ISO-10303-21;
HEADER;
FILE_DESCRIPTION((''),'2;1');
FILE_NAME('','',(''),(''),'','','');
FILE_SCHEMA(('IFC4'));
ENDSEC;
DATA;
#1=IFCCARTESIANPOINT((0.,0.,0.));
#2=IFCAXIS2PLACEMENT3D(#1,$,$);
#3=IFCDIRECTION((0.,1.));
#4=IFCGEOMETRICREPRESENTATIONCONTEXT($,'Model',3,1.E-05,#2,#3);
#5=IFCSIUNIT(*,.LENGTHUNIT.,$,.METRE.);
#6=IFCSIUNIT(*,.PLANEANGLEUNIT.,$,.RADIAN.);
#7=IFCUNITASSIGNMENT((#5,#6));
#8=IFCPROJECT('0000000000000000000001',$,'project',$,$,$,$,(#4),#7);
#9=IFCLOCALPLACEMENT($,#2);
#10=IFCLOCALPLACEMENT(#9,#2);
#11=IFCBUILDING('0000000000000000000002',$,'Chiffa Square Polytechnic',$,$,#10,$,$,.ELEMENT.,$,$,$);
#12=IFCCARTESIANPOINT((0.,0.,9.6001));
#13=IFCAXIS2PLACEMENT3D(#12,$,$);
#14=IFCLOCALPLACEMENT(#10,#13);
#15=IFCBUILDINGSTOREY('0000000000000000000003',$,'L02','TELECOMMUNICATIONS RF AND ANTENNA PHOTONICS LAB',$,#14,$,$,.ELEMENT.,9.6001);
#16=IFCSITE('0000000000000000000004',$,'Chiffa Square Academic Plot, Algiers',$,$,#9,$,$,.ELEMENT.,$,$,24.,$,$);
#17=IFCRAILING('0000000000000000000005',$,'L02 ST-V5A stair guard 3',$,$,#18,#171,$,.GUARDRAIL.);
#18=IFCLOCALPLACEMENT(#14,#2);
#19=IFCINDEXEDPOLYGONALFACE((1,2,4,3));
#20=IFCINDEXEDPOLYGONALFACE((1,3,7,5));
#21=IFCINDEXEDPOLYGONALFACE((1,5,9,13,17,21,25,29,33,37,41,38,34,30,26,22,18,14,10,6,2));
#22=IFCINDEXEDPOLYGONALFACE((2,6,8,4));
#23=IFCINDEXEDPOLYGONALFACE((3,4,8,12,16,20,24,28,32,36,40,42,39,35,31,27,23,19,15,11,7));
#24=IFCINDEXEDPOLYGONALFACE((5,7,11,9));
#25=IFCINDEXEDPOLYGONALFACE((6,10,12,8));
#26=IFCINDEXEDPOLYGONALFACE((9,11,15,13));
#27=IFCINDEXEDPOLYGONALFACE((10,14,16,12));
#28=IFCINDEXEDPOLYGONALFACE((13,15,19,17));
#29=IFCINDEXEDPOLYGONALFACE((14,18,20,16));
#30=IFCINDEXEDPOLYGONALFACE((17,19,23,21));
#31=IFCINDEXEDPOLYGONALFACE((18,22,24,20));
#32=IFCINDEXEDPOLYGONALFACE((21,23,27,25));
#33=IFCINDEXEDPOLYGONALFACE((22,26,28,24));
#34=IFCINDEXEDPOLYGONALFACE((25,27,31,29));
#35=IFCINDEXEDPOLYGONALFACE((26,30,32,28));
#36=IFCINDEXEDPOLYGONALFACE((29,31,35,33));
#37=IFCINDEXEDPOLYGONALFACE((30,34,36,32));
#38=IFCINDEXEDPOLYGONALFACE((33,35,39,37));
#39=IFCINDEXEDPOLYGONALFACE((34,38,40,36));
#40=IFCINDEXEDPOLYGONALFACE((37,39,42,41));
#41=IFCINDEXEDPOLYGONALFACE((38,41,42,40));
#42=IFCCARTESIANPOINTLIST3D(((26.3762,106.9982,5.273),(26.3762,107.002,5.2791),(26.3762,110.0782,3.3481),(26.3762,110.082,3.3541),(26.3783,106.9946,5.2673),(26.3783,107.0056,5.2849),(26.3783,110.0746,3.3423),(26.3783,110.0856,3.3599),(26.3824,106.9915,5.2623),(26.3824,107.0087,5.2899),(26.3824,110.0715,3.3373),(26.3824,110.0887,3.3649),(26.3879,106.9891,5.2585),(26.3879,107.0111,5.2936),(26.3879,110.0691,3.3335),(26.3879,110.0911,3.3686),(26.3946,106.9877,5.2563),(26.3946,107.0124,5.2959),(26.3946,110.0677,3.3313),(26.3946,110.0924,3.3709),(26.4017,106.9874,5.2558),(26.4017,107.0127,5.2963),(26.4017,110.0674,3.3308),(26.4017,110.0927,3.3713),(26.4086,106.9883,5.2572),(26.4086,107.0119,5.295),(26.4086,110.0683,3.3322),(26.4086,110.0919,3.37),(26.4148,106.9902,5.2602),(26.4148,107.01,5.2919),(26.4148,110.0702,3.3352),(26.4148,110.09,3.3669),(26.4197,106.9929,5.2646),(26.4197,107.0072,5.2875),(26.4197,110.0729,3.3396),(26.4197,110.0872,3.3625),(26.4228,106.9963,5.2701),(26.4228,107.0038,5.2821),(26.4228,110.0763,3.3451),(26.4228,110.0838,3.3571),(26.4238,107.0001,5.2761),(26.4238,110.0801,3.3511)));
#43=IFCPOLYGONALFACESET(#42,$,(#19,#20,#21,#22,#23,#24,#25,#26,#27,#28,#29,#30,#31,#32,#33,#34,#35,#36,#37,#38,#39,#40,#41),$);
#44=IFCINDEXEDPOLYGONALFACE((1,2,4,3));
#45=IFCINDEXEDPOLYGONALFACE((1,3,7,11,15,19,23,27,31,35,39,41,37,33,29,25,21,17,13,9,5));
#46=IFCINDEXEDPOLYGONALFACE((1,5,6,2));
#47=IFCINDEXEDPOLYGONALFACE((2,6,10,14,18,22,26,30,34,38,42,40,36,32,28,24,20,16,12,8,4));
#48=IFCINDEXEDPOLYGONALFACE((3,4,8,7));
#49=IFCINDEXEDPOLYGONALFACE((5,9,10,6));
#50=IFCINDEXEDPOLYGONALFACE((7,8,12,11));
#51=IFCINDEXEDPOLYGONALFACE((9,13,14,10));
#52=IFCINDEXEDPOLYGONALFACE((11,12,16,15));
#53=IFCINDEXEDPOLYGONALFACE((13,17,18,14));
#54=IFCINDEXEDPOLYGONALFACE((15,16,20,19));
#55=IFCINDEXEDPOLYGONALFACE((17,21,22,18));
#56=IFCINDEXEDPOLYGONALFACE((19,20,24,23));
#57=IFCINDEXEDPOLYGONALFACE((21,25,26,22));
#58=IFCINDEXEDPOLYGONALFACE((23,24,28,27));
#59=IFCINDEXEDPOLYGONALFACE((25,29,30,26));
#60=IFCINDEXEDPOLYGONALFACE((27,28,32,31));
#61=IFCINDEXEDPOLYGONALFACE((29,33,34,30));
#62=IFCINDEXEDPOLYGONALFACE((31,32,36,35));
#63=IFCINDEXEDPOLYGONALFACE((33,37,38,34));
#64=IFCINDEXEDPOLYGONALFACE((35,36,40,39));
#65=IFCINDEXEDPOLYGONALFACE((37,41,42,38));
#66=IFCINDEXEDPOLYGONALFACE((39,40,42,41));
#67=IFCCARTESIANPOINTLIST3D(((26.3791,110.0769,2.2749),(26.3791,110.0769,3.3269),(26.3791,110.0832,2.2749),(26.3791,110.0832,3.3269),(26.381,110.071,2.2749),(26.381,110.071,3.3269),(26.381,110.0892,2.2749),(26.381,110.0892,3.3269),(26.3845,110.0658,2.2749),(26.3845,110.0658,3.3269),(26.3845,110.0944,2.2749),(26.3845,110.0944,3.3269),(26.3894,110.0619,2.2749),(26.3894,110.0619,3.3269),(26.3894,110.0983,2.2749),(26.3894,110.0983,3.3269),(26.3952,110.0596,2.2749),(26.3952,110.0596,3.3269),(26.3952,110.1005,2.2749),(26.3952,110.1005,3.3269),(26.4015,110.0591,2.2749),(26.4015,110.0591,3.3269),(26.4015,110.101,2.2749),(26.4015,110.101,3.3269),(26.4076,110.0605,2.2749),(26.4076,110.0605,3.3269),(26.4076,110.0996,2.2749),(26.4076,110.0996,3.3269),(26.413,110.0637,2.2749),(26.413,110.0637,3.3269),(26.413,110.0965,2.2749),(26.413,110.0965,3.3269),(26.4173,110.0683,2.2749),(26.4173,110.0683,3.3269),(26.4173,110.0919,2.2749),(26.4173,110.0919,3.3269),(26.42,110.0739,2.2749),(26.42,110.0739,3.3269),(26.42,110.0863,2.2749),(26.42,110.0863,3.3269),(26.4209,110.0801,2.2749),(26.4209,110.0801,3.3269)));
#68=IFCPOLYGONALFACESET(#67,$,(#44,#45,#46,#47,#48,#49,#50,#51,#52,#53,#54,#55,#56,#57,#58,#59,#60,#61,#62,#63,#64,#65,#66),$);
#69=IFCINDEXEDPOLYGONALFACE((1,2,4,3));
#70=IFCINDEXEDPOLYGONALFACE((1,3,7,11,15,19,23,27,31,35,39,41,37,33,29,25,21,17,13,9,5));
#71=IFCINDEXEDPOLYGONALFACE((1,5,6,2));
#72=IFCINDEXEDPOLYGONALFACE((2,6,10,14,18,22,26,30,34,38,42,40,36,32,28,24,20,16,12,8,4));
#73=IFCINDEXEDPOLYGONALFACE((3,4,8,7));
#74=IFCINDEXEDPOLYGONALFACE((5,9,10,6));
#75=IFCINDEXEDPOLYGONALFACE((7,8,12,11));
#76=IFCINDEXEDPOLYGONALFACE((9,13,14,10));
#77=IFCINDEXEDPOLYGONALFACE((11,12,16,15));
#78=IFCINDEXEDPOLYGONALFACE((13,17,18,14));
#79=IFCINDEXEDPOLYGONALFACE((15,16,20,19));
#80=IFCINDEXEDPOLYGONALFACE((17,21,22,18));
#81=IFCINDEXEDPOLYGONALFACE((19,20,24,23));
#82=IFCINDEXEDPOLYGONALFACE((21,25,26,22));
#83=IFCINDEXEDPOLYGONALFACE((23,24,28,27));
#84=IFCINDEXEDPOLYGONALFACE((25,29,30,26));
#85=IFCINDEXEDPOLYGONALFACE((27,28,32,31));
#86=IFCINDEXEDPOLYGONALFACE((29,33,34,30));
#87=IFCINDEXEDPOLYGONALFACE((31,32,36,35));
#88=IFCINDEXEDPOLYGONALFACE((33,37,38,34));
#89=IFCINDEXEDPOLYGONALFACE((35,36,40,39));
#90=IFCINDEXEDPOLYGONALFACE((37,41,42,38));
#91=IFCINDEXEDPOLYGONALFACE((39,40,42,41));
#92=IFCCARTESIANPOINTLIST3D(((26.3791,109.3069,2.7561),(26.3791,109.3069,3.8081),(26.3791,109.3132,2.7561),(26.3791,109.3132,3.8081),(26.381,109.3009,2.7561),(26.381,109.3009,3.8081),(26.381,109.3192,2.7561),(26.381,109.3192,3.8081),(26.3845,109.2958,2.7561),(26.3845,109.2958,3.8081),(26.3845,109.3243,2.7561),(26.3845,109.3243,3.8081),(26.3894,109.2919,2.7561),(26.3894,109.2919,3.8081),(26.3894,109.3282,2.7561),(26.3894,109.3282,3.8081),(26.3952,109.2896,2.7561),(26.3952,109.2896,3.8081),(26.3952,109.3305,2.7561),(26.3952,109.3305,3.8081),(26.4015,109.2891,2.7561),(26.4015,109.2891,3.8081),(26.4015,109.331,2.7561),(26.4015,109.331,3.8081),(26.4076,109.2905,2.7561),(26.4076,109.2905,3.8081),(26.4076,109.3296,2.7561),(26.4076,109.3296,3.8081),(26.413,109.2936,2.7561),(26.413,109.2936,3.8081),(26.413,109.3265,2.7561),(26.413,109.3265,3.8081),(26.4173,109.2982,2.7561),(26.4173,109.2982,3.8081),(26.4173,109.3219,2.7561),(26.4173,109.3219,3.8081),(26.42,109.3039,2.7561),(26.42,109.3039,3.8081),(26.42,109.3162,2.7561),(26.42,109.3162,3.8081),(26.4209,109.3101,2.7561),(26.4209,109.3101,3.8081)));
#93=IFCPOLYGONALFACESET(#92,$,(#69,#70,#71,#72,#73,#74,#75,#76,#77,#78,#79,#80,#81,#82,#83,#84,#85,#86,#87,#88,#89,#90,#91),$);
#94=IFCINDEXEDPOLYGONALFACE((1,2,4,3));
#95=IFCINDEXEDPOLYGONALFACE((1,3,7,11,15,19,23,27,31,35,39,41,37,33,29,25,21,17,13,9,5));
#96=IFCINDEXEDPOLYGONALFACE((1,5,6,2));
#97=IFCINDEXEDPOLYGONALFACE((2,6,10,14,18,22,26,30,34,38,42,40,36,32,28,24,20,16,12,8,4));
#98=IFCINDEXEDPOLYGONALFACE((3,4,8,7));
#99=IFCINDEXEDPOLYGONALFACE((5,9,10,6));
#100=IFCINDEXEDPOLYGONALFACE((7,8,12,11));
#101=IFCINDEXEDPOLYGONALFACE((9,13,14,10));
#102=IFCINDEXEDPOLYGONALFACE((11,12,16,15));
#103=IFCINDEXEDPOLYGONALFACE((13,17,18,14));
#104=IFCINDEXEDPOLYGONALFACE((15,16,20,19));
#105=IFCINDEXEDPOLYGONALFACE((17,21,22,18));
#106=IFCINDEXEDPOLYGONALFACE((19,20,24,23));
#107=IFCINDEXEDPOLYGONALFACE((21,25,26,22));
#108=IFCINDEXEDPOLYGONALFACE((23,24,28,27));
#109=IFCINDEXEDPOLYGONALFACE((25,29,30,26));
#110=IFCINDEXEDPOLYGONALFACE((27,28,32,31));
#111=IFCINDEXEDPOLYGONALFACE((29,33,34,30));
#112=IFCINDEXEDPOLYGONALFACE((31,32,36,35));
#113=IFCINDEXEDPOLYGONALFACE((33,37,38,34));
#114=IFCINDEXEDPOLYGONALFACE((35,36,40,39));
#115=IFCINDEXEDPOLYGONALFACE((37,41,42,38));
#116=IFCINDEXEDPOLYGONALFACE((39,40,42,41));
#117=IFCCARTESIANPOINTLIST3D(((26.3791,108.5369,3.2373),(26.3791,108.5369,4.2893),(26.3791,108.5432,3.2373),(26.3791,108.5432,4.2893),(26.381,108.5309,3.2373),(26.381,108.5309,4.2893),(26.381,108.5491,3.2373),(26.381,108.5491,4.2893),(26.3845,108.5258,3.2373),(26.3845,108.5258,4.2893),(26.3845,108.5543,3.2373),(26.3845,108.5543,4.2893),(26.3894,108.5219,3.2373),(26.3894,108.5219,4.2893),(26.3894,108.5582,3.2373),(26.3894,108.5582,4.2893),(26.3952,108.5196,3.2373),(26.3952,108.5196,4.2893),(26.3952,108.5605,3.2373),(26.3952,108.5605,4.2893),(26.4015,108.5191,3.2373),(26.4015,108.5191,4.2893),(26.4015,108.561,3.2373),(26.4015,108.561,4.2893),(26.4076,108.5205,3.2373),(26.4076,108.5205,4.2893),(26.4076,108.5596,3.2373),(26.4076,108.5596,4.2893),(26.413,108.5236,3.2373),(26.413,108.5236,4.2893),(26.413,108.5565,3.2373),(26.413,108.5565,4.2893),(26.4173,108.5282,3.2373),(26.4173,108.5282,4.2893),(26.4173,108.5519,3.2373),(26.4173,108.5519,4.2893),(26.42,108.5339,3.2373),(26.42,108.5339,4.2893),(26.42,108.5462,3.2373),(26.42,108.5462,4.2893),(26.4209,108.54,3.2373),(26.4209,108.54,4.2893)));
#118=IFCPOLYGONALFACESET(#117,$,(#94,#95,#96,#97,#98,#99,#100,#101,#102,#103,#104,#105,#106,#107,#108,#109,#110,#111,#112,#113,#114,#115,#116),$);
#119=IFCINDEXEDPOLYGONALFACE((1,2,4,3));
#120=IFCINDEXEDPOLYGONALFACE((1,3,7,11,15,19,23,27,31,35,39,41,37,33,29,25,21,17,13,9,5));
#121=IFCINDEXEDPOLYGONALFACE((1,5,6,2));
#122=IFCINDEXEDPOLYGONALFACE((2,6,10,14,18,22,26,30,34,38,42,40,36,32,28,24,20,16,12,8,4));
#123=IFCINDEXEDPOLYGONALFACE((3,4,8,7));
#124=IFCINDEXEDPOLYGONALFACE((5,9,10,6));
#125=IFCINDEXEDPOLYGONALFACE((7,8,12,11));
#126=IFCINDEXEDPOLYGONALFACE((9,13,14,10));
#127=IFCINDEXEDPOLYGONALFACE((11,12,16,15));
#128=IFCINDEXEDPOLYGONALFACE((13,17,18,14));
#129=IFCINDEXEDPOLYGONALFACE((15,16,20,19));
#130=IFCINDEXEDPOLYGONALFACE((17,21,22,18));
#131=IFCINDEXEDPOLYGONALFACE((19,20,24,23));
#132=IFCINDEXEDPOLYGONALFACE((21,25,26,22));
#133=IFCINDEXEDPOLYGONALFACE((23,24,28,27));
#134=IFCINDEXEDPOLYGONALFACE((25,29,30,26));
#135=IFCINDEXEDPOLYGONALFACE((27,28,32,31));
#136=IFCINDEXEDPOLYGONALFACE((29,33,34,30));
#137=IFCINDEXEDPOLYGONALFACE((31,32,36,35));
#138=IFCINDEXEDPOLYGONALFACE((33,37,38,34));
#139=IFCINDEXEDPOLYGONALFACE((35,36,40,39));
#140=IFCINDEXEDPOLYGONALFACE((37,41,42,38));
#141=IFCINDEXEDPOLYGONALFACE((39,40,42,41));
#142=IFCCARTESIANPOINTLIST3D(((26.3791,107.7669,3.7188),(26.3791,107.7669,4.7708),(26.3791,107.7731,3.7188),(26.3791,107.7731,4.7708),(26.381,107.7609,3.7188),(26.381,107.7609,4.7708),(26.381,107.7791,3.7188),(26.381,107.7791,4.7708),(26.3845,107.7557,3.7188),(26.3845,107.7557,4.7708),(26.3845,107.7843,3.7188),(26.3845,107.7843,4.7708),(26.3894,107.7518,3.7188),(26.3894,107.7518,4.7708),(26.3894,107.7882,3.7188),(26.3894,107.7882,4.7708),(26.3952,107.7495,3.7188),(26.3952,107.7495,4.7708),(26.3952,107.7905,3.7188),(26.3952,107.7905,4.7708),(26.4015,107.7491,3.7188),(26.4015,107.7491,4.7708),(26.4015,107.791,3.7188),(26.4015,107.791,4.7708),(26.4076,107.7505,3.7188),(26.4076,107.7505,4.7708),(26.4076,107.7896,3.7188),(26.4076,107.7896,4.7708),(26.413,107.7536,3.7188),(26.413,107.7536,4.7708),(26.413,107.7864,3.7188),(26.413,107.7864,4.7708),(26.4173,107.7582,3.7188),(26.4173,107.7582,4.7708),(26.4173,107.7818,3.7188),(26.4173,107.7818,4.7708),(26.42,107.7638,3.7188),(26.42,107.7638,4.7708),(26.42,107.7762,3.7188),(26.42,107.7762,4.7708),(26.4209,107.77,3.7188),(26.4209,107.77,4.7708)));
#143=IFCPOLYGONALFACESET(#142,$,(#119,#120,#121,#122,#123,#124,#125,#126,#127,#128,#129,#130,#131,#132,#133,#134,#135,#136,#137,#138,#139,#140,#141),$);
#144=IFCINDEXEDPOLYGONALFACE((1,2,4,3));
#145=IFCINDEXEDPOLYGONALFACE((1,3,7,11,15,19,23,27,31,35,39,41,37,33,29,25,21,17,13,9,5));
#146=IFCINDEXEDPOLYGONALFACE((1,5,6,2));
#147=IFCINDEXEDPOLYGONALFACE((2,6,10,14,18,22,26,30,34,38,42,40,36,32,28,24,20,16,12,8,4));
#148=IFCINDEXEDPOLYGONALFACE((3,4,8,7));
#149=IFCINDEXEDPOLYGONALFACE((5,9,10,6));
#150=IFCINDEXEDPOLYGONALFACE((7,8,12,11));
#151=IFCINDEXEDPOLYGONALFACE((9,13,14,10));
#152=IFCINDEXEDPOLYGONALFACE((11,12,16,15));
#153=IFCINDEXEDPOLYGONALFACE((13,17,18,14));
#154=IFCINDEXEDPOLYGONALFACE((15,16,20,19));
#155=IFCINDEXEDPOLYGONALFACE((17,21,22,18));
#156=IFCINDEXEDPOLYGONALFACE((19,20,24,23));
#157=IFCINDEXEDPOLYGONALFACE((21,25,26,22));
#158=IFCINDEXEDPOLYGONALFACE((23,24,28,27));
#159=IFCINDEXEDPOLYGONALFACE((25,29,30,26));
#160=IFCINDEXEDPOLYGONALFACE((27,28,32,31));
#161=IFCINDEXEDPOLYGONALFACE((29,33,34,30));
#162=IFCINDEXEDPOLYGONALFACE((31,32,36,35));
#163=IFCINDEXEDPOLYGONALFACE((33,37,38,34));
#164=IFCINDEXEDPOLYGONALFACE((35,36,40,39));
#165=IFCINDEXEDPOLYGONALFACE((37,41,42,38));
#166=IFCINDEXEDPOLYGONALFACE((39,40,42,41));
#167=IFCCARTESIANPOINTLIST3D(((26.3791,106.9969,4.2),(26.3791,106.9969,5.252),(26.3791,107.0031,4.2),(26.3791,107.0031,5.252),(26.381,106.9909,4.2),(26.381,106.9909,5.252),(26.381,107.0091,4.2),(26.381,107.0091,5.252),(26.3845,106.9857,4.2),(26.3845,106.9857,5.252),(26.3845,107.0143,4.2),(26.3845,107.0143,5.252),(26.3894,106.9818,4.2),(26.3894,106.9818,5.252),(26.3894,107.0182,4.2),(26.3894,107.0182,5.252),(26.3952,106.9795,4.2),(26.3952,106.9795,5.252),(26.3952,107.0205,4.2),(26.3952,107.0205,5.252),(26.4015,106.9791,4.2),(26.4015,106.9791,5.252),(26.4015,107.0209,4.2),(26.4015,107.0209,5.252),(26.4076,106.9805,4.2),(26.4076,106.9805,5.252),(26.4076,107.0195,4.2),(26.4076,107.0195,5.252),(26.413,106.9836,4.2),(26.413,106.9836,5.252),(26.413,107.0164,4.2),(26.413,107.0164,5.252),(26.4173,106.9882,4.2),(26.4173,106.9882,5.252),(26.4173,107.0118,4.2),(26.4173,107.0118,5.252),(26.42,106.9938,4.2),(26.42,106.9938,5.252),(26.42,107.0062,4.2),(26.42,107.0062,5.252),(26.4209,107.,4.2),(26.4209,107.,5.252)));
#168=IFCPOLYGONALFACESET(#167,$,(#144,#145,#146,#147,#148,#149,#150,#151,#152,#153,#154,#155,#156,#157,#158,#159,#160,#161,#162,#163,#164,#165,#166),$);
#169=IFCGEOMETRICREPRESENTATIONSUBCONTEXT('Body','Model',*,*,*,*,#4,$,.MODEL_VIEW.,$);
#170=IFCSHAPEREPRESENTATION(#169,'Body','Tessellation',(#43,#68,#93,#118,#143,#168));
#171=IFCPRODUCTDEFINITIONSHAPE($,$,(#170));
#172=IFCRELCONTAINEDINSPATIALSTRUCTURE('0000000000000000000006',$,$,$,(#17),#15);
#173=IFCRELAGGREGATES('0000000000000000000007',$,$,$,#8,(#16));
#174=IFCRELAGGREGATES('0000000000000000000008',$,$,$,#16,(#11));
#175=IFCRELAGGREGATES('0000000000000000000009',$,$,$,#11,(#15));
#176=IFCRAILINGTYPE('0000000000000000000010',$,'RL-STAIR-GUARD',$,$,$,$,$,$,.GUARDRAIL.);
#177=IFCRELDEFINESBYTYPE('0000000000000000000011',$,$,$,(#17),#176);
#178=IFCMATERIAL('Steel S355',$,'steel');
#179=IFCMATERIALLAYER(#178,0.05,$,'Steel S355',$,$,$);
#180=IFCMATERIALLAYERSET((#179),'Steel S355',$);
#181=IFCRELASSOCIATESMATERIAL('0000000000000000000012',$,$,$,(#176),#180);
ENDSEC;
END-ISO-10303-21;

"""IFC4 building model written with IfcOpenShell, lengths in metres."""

from ifc_helpers import new_model, si_unit, direction, frame, origin, origin_2d, place, context, subcontext, project, spatial, circle, extrude, material, layer, layer_set, type_object, element, save


model = new_model("IFC4")

# Units and contexts
model_context = context("Model", 3, precision=1e-05, world=origin(), true_north=direction((0.0, 1.0)))
body_context = subcontext(model_context, "Body", "Model", "MODEL_VIEW")
ifc_project = project(units=[si_unit("LENGTHUNIT", "METRE"), si_unit("PLANEANGLEUNIT", "RADIAN")], contexts=[model_context])

# Site, building, storey
site_placement = place(None, origin())
site = spatial("IfcSite", under=ifc_project, at=site_placement, Name="Chiffa Square Academic Plot, Algiers", CompositionType="ELEMENT", RefElevation=24.0)
building_placement = place(site_placement, origin())
building = spatial("IfcBuilding", under=site, at=building_placement, Name="Chiffa Square Polytechnic", CompositionType="ELEMENT")
storey_placement = place(building_placement, frame((0.0, 0.0, 9.6001)))
storey = spatial("IfcBuildingStorey", under=building, at=storey_placement, Name="L02", Description="TELECOMMUNICATIONS RF AND ANTENNA PHOTONICS LAB", CompositionType="ELEMENT", Elevation=9.6001)

# Railing
ifc_material_1 = material(Name="Steel S355", Category="steel")
ifc_layer_1 = layer(ifc_material_1, 0.05, Name="Steel S355")
ifc_layer_set_1 = layer_set([ifc_layer_1], Name="Steel S355")
railing_type = type_object("IfcRailingType", Name="RL-STAIR-GUARD", PredefinedType="GUARDRAIL", material=ifc_layer_set_1)
railing_1_placement = place(storey_placement, frame((26.3999, 110.0801, 2.2749)))
element("IfcRailing", 1, at=railing_1_placement, inside=storey, type_object=railing_type, Name="L02 ST-V5A stair guard 3", PredefinedType="GUARDRAIL", context=body_context, shape_type="SweptSolid", body=[
    extrude(circle(Radius=0.0239, at=origin_2d()), frame((0.0, 0.0, 1.0762), z_axis=(0.0, -0.847998, 0.529999), x_axis=(1.0, 0.0, 0.0)), (0.0, 0.0, 1.0), 3.6321),
    extrude(circle(Radius=0.021, at=origin_2d()), origin(), (0.0, 0.0, 1.0), 1.052),
    extrude(circle(Radius=0.021, at=origin_2d()), frame((0.0, -0.77, 0.4812)), (0.0, 0.0, 1.0), 1.052),
    extrude(circle(Radius=0.021, at=origin_2d()), frame((0.0, -1.54, 0.9624)), (0.0, 0.0, 1.0), 1.052),
    extrude(circle(Radius=0.021, at=origin_2d()), frame((0.0, -2.3101, 1.4438)), (0.0, 0.0, 1.0), 1.052),
    extrude(circle(Radius=0.021, at=origin_2d()), frame((0.0, -3.0801, 1.925)), (0.0, 0.0, 1.0), 1.052),
])

save(model, "model.ifc")
